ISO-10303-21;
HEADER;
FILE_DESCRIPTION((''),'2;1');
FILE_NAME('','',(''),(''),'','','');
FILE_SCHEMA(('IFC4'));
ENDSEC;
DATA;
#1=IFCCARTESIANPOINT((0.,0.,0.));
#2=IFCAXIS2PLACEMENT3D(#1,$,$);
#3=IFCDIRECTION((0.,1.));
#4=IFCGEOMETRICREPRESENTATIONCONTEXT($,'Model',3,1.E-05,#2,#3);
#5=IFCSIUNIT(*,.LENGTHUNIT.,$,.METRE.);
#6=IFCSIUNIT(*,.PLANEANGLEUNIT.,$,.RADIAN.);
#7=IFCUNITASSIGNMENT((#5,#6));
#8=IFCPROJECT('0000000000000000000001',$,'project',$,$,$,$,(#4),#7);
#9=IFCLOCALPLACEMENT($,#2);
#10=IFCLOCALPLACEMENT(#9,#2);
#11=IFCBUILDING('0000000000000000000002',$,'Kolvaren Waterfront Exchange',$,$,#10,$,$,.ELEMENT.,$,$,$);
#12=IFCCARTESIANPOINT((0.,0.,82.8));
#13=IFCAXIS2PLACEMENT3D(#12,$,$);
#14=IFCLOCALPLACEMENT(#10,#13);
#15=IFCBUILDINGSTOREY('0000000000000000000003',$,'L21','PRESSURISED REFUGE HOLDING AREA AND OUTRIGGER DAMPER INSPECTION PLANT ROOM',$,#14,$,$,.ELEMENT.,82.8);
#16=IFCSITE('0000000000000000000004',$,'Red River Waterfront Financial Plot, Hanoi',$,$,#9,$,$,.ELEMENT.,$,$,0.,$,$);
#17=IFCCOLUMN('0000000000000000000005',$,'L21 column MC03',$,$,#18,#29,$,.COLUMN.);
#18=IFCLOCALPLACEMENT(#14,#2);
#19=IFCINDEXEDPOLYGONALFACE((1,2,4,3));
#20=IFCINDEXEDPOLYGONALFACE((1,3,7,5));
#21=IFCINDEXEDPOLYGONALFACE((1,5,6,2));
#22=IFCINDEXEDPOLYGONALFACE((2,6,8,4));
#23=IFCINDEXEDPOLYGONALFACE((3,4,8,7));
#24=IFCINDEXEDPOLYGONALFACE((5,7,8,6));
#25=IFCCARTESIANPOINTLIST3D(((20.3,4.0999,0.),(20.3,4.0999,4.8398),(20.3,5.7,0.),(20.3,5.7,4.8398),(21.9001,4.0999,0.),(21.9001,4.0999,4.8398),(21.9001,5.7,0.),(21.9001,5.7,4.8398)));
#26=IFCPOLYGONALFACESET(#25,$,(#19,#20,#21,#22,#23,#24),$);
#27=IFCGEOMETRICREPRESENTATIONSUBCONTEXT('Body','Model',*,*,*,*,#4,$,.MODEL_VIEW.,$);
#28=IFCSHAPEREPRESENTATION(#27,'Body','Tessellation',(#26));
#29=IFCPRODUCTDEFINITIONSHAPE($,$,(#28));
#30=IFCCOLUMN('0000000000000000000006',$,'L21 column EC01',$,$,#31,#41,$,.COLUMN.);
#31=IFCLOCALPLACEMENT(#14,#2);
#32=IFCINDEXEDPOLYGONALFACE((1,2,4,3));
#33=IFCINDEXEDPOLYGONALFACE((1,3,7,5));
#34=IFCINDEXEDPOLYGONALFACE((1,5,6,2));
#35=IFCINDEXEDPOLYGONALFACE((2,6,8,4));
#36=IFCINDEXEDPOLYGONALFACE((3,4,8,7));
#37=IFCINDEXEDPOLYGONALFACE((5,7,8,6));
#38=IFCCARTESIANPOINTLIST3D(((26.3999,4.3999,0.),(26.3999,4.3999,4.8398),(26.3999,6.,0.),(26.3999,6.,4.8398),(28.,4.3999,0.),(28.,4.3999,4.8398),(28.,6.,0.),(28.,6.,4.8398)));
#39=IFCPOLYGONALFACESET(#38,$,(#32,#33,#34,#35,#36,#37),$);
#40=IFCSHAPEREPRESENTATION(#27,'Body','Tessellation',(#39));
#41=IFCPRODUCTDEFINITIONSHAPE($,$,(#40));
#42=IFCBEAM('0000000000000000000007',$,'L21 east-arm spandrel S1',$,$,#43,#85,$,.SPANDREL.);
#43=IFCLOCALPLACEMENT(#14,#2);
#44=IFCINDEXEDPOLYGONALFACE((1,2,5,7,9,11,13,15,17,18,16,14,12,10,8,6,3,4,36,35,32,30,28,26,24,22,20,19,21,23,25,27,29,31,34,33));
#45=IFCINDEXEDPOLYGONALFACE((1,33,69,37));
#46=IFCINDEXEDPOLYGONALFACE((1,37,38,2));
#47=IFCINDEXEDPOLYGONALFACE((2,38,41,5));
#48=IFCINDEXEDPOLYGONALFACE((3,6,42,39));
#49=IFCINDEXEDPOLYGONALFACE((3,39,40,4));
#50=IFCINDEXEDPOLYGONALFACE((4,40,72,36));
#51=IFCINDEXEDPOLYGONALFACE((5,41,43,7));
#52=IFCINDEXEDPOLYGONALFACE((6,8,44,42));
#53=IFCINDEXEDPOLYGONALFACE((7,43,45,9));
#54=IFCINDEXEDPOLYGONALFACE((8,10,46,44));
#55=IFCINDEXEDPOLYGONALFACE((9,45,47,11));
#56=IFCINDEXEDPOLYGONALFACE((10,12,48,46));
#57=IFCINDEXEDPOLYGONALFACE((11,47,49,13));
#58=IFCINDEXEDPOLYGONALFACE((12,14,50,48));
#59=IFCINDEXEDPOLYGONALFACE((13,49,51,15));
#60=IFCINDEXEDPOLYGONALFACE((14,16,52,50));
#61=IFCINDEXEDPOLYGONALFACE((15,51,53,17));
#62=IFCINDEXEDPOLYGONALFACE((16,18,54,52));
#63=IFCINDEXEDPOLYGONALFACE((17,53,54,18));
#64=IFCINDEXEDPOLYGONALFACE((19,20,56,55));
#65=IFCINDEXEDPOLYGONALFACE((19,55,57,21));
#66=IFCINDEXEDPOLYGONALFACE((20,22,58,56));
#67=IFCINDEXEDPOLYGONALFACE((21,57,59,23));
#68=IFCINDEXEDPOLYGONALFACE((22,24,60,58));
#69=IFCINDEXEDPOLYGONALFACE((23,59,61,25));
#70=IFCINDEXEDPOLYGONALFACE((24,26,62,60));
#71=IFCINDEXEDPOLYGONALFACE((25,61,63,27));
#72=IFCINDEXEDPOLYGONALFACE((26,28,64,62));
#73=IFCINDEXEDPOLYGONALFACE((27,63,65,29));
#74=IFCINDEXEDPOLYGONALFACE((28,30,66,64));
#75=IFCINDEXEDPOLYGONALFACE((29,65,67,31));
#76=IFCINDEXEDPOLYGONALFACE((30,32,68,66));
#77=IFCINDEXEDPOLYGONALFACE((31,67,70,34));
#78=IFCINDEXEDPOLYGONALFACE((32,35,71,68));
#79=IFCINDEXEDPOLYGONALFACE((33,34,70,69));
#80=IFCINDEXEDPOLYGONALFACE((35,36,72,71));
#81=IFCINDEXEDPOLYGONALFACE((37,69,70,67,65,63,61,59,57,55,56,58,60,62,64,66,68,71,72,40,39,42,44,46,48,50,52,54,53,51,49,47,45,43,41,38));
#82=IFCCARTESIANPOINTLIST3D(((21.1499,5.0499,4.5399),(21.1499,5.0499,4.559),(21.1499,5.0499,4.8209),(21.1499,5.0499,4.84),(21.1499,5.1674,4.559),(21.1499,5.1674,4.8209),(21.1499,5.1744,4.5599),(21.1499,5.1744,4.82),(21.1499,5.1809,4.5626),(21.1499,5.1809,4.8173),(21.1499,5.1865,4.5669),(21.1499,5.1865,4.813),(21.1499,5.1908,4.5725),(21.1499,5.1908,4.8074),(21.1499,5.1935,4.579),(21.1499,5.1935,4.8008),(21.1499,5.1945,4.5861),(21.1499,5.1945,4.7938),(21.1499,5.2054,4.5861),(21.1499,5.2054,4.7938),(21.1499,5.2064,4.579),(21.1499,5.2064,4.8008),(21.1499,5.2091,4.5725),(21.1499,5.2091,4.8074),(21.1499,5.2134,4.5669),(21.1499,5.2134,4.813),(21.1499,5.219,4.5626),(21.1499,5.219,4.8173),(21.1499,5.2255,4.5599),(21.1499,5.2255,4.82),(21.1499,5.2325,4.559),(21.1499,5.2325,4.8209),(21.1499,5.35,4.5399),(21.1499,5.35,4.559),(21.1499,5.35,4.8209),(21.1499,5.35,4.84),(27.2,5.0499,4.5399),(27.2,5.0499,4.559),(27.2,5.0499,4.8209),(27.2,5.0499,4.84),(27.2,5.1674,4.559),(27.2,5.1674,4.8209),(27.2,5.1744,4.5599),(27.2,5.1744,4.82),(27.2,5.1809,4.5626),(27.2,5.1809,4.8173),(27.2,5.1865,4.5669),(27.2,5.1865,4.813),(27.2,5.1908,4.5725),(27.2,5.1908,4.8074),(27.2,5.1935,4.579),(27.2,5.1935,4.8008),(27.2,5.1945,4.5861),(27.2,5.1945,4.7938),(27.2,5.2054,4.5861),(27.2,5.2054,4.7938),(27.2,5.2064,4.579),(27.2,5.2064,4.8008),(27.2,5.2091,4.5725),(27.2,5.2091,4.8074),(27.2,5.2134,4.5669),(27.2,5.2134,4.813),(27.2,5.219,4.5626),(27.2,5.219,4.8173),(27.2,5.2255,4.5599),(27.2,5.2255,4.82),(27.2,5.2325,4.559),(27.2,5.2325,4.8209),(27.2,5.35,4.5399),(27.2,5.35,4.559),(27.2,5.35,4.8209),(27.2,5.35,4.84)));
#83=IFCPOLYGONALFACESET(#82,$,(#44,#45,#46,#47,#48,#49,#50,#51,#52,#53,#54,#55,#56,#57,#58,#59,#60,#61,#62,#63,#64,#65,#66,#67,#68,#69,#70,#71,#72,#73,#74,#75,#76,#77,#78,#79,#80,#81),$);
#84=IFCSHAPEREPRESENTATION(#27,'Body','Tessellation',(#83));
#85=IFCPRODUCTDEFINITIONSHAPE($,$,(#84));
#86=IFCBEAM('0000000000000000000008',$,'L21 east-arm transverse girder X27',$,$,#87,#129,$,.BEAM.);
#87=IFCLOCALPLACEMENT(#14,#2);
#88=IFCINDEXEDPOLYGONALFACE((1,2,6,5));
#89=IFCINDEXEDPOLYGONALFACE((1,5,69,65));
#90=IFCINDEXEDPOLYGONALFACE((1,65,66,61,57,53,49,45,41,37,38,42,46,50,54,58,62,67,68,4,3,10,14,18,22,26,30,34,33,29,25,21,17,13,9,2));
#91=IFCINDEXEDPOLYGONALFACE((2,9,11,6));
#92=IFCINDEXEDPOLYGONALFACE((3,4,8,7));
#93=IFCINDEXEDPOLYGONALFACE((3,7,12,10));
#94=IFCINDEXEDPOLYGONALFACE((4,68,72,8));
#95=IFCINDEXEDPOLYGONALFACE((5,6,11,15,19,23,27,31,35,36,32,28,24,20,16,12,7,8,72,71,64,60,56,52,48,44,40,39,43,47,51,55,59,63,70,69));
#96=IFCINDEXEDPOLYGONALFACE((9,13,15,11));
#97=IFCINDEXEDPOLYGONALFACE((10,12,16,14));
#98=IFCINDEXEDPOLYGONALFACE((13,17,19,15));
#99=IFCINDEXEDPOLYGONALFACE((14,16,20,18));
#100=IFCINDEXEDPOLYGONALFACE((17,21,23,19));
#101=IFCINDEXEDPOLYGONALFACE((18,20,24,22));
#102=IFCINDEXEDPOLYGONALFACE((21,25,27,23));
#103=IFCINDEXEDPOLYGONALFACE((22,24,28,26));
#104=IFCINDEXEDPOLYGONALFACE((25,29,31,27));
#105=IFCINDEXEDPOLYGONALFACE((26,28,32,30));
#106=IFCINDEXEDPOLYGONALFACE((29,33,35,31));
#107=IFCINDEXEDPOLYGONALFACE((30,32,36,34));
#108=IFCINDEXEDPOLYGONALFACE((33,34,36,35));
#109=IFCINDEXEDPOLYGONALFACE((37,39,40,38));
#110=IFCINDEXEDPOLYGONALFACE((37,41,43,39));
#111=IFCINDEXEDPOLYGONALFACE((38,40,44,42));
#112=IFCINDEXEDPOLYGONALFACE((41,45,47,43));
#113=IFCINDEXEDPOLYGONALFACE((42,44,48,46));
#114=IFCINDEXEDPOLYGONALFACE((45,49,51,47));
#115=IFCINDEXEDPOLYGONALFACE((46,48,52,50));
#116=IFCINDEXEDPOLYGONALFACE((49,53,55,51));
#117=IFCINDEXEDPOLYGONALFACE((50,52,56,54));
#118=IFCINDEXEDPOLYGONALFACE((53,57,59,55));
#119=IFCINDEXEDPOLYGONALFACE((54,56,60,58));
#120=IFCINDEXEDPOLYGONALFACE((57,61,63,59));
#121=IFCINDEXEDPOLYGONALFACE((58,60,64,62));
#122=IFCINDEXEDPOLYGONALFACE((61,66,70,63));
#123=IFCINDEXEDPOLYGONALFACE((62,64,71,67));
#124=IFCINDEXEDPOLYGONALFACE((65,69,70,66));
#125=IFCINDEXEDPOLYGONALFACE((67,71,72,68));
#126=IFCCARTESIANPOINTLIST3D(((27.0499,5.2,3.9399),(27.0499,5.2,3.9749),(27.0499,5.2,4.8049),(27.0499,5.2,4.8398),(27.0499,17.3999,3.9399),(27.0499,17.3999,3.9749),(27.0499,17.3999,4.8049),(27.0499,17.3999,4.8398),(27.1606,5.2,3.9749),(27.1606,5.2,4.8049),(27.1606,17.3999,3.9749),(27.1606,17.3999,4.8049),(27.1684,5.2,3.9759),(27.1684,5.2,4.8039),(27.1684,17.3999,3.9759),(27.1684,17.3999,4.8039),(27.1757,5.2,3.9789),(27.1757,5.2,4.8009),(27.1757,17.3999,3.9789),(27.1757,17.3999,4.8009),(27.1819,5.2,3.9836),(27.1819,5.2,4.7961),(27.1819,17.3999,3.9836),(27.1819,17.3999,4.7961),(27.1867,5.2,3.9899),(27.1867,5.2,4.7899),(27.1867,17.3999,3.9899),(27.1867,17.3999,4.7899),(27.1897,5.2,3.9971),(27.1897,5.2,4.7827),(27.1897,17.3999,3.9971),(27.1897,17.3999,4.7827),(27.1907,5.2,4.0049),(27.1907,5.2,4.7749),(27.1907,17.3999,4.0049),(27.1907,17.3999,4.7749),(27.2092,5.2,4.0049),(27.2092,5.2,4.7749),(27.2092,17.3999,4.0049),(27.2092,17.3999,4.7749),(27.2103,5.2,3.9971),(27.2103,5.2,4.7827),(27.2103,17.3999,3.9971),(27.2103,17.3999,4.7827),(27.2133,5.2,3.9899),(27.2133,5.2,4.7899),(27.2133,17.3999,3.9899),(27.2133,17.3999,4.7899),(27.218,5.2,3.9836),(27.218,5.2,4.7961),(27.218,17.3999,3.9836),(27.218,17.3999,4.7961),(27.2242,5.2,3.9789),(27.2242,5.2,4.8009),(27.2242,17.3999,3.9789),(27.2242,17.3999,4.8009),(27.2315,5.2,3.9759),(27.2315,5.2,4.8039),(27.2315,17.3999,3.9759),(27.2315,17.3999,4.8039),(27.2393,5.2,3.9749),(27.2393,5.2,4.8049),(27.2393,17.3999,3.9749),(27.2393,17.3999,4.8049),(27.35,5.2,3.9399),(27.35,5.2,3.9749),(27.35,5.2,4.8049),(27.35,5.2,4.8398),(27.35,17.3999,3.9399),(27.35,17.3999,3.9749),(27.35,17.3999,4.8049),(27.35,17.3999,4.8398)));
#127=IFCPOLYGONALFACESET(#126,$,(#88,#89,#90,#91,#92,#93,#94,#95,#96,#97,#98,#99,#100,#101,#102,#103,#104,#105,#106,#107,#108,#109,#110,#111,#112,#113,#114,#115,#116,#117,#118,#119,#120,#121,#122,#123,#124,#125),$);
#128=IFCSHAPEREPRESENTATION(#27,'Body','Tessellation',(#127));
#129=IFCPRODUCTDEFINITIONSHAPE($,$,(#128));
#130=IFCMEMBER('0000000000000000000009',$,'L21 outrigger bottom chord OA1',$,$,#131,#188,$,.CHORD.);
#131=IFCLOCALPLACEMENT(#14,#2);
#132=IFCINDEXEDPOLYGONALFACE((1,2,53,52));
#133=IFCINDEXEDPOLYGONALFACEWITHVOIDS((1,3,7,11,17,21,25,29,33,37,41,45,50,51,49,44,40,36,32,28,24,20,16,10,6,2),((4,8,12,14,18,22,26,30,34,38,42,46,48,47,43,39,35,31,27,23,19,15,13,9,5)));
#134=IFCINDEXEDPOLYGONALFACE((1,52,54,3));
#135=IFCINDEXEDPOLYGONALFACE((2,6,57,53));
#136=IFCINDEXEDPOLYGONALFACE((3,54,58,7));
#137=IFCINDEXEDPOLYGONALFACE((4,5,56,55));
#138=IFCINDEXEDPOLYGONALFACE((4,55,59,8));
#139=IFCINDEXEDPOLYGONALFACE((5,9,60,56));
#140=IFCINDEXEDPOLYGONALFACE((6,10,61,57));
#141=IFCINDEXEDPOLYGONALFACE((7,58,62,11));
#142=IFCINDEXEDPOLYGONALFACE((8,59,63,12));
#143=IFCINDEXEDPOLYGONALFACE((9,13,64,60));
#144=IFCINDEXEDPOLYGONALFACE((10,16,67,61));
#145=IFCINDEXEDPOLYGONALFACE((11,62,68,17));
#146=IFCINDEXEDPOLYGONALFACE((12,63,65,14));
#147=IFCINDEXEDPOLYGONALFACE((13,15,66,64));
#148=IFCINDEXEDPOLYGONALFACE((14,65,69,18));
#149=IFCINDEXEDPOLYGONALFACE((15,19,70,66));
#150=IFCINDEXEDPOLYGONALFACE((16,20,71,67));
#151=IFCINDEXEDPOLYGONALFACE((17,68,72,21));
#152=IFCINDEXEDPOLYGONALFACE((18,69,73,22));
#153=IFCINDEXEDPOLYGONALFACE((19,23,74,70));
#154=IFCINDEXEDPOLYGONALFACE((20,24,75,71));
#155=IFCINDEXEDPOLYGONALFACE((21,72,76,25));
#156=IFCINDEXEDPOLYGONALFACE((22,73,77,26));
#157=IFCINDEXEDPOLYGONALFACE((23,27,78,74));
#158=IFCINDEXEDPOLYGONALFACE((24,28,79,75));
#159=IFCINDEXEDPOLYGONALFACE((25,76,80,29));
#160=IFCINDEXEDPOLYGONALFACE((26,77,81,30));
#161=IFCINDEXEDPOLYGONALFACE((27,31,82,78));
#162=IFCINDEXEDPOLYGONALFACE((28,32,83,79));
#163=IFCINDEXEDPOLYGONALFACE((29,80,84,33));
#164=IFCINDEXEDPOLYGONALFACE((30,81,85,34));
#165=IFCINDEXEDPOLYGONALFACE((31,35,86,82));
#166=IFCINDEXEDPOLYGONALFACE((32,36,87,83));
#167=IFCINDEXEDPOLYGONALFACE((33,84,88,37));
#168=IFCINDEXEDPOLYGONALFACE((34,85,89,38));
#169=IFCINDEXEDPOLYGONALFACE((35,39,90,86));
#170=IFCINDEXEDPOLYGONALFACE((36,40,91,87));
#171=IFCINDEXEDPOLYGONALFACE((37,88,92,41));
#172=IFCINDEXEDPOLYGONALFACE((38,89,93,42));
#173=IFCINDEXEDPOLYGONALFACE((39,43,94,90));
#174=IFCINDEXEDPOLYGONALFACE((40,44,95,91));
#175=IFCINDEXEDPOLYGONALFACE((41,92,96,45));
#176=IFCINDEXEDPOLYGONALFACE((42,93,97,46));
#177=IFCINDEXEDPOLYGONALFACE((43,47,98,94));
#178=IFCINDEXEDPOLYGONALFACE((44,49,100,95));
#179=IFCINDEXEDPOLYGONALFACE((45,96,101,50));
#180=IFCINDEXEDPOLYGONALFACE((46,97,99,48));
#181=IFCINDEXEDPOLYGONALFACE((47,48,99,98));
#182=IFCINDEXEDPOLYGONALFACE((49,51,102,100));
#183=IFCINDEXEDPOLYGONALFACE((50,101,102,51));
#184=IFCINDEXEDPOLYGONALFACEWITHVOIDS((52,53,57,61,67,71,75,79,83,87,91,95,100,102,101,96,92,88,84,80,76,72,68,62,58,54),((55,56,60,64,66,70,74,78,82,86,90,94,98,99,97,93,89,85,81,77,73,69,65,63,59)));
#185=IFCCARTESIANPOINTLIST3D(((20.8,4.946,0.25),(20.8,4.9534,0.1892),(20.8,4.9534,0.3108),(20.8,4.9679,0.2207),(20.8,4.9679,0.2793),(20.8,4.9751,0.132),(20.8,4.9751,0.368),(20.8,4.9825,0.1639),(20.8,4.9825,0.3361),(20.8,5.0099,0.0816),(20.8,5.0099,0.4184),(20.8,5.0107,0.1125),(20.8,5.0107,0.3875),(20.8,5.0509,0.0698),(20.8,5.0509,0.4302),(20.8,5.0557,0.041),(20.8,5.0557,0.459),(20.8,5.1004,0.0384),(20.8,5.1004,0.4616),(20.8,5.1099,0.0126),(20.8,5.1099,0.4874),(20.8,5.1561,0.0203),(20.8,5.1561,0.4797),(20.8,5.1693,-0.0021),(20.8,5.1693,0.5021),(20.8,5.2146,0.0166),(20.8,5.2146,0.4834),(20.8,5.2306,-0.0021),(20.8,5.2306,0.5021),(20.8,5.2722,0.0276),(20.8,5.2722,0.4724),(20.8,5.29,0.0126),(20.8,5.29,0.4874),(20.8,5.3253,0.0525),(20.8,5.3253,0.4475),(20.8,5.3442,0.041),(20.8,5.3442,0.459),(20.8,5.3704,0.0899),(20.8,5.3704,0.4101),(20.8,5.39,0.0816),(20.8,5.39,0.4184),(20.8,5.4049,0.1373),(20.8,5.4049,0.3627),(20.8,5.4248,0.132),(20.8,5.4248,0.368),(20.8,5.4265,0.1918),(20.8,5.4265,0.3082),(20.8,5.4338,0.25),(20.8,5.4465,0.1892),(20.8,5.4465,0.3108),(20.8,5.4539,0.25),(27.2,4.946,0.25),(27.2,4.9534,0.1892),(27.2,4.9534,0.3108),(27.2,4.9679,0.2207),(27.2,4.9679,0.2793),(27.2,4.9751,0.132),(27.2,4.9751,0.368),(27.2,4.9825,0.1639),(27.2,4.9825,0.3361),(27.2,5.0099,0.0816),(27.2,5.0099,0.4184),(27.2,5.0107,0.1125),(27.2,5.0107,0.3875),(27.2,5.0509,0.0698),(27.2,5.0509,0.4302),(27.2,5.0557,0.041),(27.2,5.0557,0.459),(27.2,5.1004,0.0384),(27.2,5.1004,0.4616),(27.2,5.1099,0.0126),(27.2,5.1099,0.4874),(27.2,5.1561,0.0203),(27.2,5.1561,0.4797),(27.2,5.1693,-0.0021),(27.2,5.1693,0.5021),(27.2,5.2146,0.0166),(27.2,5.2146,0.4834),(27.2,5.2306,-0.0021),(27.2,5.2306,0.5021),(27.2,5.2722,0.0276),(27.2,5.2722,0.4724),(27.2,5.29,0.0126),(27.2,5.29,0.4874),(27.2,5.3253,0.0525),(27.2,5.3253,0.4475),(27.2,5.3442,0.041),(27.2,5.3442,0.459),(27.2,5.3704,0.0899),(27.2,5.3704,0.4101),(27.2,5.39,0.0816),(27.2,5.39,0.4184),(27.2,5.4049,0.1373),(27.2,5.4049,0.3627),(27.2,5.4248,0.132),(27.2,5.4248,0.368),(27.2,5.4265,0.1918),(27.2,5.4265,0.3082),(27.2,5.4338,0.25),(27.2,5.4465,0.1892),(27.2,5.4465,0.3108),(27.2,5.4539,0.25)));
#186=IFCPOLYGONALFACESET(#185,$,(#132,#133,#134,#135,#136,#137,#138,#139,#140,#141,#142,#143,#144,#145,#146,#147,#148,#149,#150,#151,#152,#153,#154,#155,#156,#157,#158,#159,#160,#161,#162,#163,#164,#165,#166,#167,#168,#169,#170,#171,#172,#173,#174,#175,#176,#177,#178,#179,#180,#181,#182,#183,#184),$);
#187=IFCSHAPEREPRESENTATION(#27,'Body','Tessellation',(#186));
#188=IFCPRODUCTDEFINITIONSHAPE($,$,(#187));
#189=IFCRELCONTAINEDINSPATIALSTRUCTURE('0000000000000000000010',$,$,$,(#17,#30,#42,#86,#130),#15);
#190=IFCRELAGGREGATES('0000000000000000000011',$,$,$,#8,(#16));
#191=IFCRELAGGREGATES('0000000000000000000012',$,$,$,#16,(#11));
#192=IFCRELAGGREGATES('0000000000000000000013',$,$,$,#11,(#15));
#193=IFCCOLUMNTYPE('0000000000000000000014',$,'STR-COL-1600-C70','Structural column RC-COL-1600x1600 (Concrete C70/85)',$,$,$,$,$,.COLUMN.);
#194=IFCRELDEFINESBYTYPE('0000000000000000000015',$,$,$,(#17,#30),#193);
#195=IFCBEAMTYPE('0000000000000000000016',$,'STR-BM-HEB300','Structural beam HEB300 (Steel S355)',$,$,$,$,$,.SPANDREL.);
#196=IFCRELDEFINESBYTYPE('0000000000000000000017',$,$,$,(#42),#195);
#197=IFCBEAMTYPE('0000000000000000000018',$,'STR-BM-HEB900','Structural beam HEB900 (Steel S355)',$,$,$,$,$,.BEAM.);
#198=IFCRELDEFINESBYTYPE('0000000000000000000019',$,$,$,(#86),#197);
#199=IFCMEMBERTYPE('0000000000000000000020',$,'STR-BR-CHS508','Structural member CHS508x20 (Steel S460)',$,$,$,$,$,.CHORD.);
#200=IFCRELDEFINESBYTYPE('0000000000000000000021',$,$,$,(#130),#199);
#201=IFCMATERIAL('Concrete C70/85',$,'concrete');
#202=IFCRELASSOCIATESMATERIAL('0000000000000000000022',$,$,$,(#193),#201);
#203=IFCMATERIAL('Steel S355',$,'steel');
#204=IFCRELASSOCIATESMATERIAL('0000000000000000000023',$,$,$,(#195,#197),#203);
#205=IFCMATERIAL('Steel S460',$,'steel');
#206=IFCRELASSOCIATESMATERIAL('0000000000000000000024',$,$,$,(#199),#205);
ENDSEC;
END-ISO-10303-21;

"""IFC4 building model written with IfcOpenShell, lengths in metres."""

from ifc_helpers import new_model, si_unit, direction, frame, origin, origin_2d, place, context, subcontext, project, spatial, rectangle, hollow_circle, i_section, extrude, material, material_profile, profile_set, type_object, element, save


model = new_model("IFC4")

# Units and contexts
model_context = context("Model", 3, precision=1e-05, world=origin(), true_north=direction((0.0, 1.0)))
body_context = subcontext(model_context, "Body", "Model", "MODEL_VIEW")
ifc_project = project(units=[si_unit("LENGTHUNIT", "METRE"), si_unit("PLANEANGLEUNIT", "RADIAN")], contexts=[model_context])

# Site, building, storey
site_placement = place(None, origin())
site = spatial("IfcSite", under=ifc_project, at=site_placement, Name="Red River Waterfront Financial Plot, Hanoi", CompositionType="ELEMENT", RefElevation=0.0)
building_placement = place(site_placement, origin())
building = spatial("IfcBuilding", under=site, at=building_placement, Name="Kolvaren Waterfront Exchange", CompositionType="ELEMENT")
storey_placement = place(building_placement, frame((0.0, 0.0, 82.8)))
storey = spatial("IfcBuildingStorey", under=building, at=storey_placement, Name="L21", Description="PRESSURISED REFUGE HOLDING AREA AND OUTRIGGER DAMPER INSPECTION PLANT ROOM", CompositionType="ELEMENT", Elevation=82.8)

# Columns
ifc_material_1 = material(Name="Concrete C70/85", Category="concrete")
ifc_material_profile_1 = material_profile(ifc_material_1, rectangle(XDim=1.6001, YDim=1.6001, at=origin_2d()), Name="RC-COL-1600x1600")
ifc_profile_set_1 = profile_set([ifc_material_profile_1], Name="Concrete C70/85")
column_type = type_object("IfcColumnType", Name="STR-COL-1600-C70", Description="Structural column RC-COL-1600x1600 (Concrete C70/85)", PredefinedType="COLUMN", material=ifc_profile_set_1)
for number, where, z_axis, x_axis, name in (
    (1, (21.1001, 4.8999, 0.0), (0.0, 0.0, 1.0), (1.0, 0.0, 0.0), "L21 column MC03"),
    (2, (27.2, 5.2, 0.0), (0.0, 0.0, 1.0), (1.0, 0.0, 0.0), "L21 column EC01"),
):
    element("IfcColumn", number, at=place(storey_placement, frame(where, z_axis=z_axis, x_axis=x_axis)), inside=storey, type_object=column_type, Name=name, PredefinedType="COLUMN", context=body_context, shape_type="SweptSolid", body=[
        extrude(rectangle(XDim=1.6001, YDim=1.6001, at=origin_2d()), origin(), (0.0, 0.0, 1.0), 4.8398),
    ])

# Beams
ifc_material_2 = material(Name="Steel S355", Category="steel")
ifc_material_profile_2 = material_profile(ifc_material_2, i_section(OverallWidth=0.3, OverallDepth=0.3, WebThickness=0.011, FlangeThickness=0.019, FilletRadius=0.0271, at=origin_2d()), Name="HEB300")
ifc_profile_set_2 = profile_set([ifc_material_profile_2], Name="Steel S355")
beam_type_1 = type_object("IfcBeamType", Name="STR-BM-HEB300", Description="Structural beam HEB300 (Steel S355)", PredefinedType="SPANDREL", material=ifc_profile_set_2)
beam_1_placement = place(storey_placement, frame((21.1499, 5.2, 4.6899), z_axis=(1.0, 0.0, 0.0), x_axis=(0.0, 1.0, 0.0)))
element("IfcBeam", 3, at=beam_1_placement, inside=storey, type_object=beam_type_1, Name="L21 east-arm spandrel S1", PredefinedType="SPANDREL", context=body_context, shape_type="SweptSolid", body=[
    extrude(i_section(OverallWidth=0.3, OverallDepth=0.3, WebThickness=0.011, FlangeThickness=0.019, FilletRadius=0.0271, at=origin_2d()), origin(), (0.0, 0.0, 1.0), 6.05),
])
ifc_material_profile_3 = material_profile(ifc_material_2, i_section(OverallWidth=0.3, OverallDepth=0.8999, WebThickness=0.0186, FlangeThickness=0.0349, FilletRadius=0.03, at=origin_2d()), Name="HEB900")
ifc_profile_set_3 = profile_set([ifc_material_profile_3], Name="Steel S355")
beam_type_2 = type_object("IfcBeamType", Name="STR-BM-HEB900", Description="Structural beam HEB900 (Steel S355)", PredefinedType="BEAM", material=ifc_profile_set_3)
beam_2_placement = place(storey_placement, frame((27.2, 5.2, 4.3899), z_axis=(0.0, 1.0, 0.0), x_axis=(-1.0, 0.0, 0.0)))
element("IfcBeam", 4, at=beam_2_placement, inside=storey, type_object=beam_type_2, Name="L21 east-arm transverse girder X27", PredefinedType="BEAM", context=body_context, shape_type="SweptSolid", body=[
    extrude(i_section(OverallWidth=0.3, OverallDepth=0.8999, WebThickness=0.0186, FlangeThickness=0.0349, FilletRadius=0.03, at=origin_2d()), origin(), (0.0, 0.0, 1.0), 12.2),
])

# Member
ifc_material_3 = material(Name="Steel S460", Category="steel")
ifc_material_profile_4 = material_profile(ifc_material_3, hollow_circle(Radius=0.2539, WallThickness=0.02, at=origin_2d()), Name="CHS508x20")
ifc_profile_set_4 = profile_set([ifc_material_profile_4], Name="Steel S460")
member_type_1 = type_object("IfcMemberType", Name="STR-BR-CHS508", Description="Structural member CHS508x20 (Steel S460)", PredefinedType="CHORD", material=ifc_profile_set_4)
member_1_placement = place(storey_placement, frame((20.8, 5.2, 0.25), z_axis=(1.0, 0.0, 0.0), x_axis=(0.0, 1.0, 0.0)))
element("IfcMember", 5, at=member_1_placement, inside=storey, type_object=member_type_1, Name="L21 outrigger bottom chord OA1", PredefinedType="CHORD", context=body_context, shape_type="SweptSolid", body=[
    extrude(hollow_circle(Radius=0.2539, WallThickness=0.02, at=origin_2d()), origin(), (0.0, 0.0, 1.0), 6.3999),
])

save(model, "model.ifc")
